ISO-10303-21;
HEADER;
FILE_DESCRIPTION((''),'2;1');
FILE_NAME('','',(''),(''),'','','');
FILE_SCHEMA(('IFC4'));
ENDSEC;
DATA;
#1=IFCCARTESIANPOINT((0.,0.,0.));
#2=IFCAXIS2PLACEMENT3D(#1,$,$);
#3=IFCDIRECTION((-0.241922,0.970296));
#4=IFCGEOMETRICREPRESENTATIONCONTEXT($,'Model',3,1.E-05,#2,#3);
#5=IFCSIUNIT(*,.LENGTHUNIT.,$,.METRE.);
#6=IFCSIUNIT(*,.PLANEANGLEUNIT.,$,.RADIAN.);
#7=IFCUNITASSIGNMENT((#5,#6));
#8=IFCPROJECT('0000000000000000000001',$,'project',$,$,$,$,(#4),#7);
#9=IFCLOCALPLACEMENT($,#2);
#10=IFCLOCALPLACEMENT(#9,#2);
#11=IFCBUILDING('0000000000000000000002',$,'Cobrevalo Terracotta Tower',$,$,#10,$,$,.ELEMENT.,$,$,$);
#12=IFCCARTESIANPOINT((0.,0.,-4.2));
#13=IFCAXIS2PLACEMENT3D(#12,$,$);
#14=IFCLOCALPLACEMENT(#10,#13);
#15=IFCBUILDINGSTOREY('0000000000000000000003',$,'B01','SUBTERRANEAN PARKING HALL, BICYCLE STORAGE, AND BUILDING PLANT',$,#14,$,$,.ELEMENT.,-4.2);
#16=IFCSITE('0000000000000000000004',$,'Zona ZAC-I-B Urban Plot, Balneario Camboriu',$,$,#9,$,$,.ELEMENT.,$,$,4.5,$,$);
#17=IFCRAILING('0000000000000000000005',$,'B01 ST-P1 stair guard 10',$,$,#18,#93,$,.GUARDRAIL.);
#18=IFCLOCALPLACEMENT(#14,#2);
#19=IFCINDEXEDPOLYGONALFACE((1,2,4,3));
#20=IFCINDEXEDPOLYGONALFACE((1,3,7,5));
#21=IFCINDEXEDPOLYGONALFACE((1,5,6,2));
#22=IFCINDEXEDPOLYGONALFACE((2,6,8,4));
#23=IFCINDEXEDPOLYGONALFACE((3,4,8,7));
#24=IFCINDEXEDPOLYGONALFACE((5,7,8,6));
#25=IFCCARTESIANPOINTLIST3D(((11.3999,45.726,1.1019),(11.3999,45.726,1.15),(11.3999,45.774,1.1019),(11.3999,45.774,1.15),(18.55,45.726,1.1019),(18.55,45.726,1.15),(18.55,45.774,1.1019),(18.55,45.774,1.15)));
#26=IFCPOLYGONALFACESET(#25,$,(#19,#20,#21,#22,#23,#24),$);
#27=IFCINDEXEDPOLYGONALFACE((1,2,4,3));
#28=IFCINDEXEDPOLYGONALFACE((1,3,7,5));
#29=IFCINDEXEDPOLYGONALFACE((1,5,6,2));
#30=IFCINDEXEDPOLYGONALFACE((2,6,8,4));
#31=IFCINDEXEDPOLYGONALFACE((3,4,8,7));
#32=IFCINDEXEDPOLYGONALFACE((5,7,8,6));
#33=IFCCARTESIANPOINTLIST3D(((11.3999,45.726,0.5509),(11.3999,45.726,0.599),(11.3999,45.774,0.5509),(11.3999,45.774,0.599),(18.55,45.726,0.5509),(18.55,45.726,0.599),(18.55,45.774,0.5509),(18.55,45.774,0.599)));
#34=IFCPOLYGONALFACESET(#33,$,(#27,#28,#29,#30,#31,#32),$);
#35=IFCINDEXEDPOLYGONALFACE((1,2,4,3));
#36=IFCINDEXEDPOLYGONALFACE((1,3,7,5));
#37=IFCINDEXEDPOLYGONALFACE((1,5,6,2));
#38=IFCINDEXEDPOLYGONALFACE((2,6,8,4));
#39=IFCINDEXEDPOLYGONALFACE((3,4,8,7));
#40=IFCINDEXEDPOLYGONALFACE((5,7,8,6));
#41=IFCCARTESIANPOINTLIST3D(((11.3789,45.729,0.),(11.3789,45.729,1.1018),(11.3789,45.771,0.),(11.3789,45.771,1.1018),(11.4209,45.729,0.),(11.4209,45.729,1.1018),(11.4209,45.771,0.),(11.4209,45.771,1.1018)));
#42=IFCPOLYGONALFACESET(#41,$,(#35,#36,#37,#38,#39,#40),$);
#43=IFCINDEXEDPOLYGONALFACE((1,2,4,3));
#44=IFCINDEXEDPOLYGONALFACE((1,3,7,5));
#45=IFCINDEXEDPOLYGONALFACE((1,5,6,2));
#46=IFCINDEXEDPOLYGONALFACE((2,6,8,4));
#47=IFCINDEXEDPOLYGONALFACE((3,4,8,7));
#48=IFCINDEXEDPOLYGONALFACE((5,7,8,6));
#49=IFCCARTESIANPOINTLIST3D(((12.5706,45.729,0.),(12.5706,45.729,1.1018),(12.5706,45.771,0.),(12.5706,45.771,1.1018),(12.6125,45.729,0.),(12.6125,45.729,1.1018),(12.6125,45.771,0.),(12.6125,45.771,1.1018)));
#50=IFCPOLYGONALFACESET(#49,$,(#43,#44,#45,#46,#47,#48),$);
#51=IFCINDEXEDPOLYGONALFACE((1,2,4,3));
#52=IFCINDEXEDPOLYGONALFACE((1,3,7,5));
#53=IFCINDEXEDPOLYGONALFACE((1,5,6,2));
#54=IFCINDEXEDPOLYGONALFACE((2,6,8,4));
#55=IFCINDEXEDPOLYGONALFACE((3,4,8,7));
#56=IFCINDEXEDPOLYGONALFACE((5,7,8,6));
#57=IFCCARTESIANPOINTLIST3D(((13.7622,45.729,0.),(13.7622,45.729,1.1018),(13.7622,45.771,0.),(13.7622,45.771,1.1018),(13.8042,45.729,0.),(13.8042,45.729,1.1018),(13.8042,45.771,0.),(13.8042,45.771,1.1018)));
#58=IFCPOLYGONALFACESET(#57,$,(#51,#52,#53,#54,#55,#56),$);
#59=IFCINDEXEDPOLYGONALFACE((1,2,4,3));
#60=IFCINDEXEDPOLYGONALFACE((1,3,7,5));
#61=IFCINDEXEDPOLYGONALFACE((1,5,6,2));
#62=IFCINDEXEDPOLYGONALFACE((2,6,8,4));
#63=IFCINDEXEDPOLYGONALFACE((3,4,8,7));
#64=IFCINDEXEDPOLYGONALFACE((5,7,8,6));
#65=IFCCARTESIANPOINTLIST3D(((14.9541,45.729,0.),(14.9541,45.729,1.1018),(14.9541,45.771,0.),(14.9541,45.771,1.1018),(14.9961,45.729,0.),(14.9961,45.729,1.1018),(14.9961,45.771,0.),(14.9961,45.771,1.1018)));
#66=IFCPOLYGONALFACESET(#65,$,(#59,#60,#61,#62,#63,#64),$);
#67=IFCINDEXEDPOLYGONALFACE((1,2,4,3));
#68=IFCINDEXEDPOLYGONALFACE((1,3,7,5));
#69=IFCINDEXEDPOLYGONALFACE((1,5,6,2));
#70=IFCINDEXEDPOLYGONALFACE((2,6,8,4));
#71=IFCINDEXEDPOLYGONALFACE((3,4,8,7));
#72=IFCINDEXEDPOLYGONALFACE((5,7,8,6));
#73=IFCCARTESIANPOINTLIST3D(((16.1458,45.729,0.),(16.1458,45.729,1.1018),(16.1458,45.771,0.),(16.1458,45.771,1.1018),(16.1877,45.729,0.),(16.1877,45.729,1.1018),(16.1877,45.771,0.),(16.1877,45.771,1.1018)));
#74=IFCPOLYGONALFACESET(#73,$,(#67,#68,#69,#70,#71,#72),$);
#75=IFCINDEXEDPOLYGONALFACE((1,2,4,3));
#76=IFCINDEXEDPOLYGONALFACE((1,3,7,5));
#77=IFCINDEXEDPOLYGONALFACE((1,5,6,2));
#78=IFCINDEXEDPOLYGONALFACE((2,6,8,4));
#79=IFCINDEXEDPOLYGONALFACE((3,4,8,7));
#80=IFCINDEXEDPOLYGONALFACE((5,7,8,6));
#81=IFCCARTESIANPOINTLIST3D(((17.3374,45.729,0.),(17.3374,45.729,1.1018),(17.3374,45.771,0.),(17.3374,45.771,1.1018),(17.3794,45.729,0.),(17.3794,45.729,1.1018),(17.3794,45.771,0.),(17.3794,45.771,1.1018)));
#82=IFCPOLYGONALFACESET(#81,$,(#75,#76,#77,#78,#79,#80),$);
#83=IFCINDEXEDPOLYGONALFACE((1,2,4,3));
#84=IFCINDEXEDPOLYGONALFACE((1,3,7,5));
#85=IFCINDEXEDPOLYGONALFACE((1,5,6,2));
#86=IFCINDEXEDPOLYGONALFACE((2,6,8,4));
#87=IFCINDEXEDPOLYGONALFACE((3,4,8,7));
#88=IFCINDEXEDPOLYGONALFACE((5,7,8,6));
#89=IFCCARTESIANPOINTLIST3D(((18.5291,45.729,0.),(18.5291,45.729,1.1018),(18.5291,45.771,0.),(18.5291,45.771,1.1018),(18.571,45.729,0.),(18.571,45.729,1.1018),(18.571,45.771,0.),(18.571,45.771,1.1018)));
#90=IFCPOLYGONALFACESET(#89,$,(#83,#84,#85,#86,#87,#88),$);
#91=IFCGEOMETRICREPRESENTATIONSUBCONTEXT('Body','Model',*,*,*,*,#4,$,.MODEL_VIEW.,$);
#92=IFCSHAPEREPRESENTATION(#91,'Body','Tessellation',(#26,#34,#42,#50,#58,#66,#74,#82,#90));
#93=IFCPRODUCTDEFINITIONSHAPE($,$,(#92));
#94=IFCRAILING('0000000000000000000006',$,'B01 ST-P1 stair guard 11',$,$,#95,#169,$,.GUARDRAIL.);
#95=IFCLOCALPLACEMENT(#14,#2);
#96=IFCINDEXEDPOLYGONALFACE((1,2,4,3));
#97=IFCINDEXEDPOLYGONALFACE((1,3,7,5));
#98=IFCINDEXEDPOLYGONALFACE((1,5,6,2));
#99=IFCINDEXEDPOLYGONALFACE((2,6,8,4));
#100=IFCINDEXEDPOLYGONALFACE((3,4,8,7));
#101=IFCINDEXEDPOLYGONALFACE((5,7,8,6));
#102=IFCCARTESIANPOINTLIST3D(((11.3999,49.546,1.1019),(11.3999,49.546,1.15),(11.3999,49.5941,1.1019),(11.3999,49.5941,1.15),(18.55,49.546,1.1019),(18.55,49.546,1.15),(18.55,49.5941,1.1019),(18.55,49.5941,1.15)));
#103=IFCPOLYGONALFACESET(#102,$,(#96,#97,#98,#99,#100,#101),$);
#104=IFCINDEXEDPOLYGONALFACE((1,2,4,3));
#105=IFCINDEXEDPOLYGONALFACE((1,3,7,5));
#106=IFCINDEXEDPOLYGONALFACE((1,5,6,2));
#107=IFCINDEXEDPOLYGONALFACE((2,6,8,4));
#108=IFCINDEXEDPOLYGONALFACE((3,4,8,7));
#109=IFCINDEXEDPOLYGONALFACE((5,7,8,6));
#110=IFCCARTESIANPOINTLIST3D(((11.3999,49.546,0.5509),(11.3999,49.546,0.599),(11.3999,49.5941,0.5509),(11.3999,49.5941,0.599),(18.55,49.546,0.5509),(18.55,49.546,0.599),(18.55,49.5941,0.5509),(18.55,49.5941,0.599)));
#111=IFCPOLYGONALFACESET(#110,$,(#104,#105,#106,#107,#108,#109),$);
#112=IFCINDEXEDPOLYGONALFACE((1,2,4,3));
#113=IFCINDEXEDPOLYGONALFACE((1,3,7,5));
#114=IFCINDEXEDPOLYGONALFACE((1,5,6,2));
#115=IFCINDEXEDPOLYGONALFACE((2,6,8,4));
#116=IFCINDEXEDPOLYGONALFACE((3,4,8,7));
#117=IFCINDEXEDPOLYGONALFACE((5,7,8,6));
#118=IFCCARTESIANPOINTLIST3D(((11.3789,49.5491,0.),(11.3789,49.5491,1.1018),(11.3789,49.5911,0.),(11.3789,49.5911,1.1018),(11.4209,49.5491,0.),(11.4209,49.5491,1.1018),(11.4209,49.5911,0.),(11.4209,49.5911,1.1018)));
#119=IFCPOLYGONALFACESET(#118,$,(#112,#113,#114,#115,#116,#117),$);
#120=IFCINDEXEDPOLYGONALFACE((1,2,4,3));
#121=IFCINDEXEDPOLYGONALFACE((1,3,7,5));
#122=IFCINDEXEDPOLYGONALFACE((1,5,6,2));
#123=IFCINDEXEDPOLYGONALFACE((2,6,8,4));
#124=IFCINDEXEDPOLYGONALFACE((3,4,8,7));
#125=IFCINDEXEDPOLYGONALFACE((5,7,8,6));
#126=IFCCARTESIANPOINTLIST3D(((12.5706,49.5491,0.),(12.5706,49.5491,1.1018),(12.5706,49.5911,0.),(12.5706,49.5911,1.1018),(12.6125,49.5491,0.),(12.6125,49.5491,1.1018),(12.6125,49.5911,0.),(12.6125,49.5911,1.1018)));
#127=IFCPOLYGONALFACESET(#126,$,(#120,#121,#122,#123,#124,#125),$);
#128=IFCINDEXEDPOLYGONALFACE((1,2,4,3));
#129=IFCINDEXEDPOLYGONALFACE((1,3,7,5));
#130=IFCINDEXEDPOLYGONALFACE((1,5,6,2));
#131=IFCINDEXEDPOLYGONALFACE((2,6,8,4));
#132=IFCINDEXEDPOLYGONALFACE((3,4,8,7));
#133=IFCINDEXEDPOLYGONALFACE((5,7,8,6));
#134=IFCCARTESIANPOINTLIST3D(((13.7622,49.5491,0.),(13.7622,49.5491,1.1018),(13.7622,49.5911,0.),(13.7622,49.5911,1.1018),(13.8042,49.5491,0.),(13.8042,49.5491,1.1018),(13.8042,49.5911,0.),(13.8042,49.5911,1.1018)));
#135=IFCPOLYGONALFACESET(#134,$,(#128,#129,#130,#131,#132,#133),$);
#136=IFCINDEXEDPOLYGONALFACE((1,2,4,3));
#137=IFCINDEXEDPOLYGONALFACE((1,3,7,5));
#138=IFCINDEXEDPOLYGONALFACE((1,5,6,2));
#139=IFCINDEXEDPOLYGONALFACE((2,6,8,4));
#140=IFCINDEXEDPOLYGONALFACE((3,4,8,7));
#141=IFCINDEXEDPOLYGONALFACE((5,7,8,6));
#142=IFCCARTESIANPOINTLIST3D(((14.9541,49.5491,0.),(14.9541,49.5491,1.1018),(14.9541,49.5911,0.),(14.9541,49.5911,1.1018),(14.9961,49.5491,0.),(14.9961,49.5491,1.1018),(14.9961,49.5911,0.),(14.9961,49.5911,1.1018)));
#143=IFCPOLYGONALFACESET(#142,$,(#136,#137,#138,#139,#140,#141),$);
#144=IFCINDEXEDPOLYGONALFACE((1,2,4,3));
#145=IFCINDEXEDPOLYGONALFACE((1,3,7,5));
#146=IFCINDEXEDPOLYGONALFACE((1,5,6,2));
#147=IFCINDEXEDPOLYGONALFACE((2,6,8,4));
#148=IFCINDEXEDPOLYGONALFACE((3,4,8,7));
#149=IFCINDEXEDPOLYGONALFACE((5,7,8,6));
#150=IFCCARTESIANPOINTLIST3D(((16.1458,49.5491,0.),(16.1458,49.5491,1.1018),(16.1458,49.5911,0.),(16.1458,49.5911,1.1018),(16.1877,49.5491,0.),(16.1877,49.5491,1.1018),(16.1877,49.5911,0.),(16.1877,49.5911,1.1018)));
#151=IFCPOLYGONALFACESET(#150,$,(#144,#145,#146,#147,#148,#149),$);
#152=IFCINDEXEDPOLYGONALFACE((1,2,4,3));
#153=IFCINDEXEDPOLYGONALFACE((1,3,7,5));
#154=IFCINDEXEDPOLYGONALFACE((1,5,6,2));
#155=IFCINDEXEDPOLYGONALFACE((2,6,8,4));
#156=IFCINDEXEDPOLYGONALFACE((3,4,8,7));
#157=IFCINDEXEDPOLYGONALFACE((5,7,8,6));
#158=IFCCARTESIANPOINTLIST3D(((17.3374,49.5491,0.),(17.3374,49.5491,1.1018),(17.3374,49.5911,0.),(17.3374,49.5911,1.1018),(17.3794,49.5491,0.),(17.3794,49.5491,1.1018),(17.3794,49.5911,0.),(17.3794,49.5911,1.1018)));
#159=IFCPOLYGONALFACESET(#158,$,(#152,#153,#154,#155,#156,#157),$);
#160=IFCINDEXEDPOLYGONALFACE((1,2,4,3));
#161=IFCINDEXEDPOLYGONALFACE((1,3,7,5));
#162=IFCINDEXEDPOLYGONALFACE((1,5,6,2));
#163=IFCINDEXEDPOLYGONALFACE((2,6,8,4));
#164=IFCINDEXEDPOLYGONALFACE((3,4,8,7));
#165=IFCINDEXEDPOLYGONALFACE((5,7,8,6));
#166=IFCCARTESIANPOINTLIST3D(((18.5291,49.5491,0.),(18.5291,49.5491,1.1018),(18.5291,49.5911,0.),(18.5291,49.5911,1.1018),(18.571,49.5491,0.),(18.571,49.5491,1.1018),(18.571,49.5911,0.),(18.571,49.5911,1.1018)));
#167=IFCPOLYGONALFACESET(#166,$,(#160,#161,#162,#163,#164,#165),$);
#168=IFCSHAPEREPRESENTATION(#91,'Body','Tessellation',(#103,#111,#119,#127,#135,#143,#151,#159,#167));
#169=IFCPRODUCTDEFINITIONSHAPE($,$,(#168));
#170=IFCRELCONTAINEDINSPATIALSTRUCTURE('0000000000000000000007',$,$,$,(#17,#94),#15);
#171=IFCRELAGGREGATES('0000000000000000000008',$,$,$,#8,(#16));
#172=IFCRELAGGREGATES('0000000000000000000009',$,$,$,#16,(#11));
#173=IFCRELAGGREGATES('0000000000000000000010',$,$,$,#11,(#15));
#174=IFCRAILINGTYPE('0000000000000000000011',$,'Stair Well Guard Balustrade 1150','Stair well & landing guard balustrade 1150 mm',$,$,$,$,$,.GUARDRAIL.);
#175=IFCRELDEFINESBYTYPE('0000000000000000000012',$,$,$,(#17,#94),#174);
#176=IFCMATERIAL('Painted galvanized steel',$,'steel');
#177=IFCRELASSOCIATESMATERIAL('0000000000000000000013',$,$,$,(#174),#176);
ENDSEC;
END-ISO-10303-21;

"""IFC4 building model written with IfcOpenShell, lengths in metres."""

from ifc_helpers import new_model, si_unit, direction, frame, origin, origin_2d, place, context, subcontext, project, spatial, rectangle, extrude, material, type_object, element, save


model = new_model("IFC4")

# Units and contexts
model_context = context("Model", 3, precision=1e-05, world=origin(), true_north=direction((-0.241922, 0.970296)))
body_context = subcontext(model_context, "Body", "Model", "MODEL_VIEW")
ifc_project = project(units=[si_unit("LENGTHUNIT", "METRE"), si_unit("PLANEANGLEUNIT", "RADIAN")], contexts=[model_context])

# Site, building, storey
site_placement = place(None, origin())
site = spatial("IfcSite", under=ifc_project, at=site_placement, Name="Zona ZAC-I-B Urban Plot, Balneario Camboriu", CompositionType="ELEMENT", RefElevation=4.5)
building_placement = place(site_placement, origin())
building = spatial("IfcBuilding", under=site, at=building_placement, Name="Cobrevalo Terracotta Tower", CompositionType="ELEMENT")
storey_placement = place(building_placement, frame((0.0, 0.0, -4.2)))
storey = spatial("IfcBuildingStorey", under=building, at=storey_placement, Name="B01", Description="SUBTERRANEAN PARKING HALL, BICYCLE STORAGE, AND BUILDING PLANT", CompositionType="ELEMENT", Elevation=-4.2)

# Railings
ifc_material_1 = material(Name="Painted galvanized steel", Category="steel")
railing_type_1 = type_object("IfcRailingType", Name="Stair Well Guard Balustrade 1150", Description="Stair well & landing guard balustrade 1150 mm", PredefinedType="GUARDRAIL", material=ifc_material_1)
for number, where, name in (
    (1, (11.3999, 45.75, 0.0), "B01 ST-P1 stair guard 10"),
    (2, (11.3999, 49.5701, 0.0), "B01 ST-P1 stair guard 11"),
):
    element("IfcRailing", number, at=place(storey_placement, frame(where)), inside=storey, type_object=railing_type_1, Name=name, PredefinedType="GUARDRAIL", context=body_context, shape_type="SweptSolid", body=[
        extrude(rectangle(XDim=0.0481, YDim=0.0481, at=origin_2d()), frame((0.0, 0.0, 1.126), z_axis=(1.0, 0.0, 0.0), x_axis=(0.0, 1.0, 0.0)), (0.0, 0.0, 1.0), 7.1501),
        extrude(rectangle(XDim=0.0481, YDim=0.0481, at=origin_2d()), frame((0.0, 0.0, 0.575), z_axis=(1.0, 0.0, 0.0), x_axis=(0.0, 1.0, 0.0)), (0.0, 0.0, 1.0), 7.1501),
        extrude(rectangle(XDim=0.042, YDim=0.042, at=origin_2d()), origin(), (0.0, 0.0, 1.0), 1.1018),
        extrude(rectangle(XDim=0.042, YDim=0.042, at=origin_2d()), frame((1.1917, 0.0, 0.0)), (0.0, 0.0, 1.0), 1.1018),
        extrude(rectangle(XDim=0.042, YDim=0.042, at=origin_2d()), frame((2.3833, 0.0, 0.0)), (0.0, 0.0, 1.0), 1.1018),
        extrude(rectangle(XDim=0.042, YDim=0.042, at=origin_2d()), frame((3.5752, 0.0, 0.0)), (0.0, 0.0, 1.0), 1.1018),
        extrude(rectangle(XDim=0.042, YDim=0.042, at=origin_2d()), frame((4.7668, 0.0, 0.0)), (0.0, 0.0, 1.0), 1.1018),
        extrude(rectangle(XDim=0.042, YDim=0.042, at=origin_2d()), frame((5.9585, 0.0, 0.0)), (0.0, 0.0, 1.0), 1.1018),
        extrude(rectangle(XDim=0.042, YDim=0.042, at=origin_2d()), frame((7.1501, 0.0, 0.0)), (0.0, 0.0, 1.0), 1.1018),
    ])

save(model, "model.ifc")
